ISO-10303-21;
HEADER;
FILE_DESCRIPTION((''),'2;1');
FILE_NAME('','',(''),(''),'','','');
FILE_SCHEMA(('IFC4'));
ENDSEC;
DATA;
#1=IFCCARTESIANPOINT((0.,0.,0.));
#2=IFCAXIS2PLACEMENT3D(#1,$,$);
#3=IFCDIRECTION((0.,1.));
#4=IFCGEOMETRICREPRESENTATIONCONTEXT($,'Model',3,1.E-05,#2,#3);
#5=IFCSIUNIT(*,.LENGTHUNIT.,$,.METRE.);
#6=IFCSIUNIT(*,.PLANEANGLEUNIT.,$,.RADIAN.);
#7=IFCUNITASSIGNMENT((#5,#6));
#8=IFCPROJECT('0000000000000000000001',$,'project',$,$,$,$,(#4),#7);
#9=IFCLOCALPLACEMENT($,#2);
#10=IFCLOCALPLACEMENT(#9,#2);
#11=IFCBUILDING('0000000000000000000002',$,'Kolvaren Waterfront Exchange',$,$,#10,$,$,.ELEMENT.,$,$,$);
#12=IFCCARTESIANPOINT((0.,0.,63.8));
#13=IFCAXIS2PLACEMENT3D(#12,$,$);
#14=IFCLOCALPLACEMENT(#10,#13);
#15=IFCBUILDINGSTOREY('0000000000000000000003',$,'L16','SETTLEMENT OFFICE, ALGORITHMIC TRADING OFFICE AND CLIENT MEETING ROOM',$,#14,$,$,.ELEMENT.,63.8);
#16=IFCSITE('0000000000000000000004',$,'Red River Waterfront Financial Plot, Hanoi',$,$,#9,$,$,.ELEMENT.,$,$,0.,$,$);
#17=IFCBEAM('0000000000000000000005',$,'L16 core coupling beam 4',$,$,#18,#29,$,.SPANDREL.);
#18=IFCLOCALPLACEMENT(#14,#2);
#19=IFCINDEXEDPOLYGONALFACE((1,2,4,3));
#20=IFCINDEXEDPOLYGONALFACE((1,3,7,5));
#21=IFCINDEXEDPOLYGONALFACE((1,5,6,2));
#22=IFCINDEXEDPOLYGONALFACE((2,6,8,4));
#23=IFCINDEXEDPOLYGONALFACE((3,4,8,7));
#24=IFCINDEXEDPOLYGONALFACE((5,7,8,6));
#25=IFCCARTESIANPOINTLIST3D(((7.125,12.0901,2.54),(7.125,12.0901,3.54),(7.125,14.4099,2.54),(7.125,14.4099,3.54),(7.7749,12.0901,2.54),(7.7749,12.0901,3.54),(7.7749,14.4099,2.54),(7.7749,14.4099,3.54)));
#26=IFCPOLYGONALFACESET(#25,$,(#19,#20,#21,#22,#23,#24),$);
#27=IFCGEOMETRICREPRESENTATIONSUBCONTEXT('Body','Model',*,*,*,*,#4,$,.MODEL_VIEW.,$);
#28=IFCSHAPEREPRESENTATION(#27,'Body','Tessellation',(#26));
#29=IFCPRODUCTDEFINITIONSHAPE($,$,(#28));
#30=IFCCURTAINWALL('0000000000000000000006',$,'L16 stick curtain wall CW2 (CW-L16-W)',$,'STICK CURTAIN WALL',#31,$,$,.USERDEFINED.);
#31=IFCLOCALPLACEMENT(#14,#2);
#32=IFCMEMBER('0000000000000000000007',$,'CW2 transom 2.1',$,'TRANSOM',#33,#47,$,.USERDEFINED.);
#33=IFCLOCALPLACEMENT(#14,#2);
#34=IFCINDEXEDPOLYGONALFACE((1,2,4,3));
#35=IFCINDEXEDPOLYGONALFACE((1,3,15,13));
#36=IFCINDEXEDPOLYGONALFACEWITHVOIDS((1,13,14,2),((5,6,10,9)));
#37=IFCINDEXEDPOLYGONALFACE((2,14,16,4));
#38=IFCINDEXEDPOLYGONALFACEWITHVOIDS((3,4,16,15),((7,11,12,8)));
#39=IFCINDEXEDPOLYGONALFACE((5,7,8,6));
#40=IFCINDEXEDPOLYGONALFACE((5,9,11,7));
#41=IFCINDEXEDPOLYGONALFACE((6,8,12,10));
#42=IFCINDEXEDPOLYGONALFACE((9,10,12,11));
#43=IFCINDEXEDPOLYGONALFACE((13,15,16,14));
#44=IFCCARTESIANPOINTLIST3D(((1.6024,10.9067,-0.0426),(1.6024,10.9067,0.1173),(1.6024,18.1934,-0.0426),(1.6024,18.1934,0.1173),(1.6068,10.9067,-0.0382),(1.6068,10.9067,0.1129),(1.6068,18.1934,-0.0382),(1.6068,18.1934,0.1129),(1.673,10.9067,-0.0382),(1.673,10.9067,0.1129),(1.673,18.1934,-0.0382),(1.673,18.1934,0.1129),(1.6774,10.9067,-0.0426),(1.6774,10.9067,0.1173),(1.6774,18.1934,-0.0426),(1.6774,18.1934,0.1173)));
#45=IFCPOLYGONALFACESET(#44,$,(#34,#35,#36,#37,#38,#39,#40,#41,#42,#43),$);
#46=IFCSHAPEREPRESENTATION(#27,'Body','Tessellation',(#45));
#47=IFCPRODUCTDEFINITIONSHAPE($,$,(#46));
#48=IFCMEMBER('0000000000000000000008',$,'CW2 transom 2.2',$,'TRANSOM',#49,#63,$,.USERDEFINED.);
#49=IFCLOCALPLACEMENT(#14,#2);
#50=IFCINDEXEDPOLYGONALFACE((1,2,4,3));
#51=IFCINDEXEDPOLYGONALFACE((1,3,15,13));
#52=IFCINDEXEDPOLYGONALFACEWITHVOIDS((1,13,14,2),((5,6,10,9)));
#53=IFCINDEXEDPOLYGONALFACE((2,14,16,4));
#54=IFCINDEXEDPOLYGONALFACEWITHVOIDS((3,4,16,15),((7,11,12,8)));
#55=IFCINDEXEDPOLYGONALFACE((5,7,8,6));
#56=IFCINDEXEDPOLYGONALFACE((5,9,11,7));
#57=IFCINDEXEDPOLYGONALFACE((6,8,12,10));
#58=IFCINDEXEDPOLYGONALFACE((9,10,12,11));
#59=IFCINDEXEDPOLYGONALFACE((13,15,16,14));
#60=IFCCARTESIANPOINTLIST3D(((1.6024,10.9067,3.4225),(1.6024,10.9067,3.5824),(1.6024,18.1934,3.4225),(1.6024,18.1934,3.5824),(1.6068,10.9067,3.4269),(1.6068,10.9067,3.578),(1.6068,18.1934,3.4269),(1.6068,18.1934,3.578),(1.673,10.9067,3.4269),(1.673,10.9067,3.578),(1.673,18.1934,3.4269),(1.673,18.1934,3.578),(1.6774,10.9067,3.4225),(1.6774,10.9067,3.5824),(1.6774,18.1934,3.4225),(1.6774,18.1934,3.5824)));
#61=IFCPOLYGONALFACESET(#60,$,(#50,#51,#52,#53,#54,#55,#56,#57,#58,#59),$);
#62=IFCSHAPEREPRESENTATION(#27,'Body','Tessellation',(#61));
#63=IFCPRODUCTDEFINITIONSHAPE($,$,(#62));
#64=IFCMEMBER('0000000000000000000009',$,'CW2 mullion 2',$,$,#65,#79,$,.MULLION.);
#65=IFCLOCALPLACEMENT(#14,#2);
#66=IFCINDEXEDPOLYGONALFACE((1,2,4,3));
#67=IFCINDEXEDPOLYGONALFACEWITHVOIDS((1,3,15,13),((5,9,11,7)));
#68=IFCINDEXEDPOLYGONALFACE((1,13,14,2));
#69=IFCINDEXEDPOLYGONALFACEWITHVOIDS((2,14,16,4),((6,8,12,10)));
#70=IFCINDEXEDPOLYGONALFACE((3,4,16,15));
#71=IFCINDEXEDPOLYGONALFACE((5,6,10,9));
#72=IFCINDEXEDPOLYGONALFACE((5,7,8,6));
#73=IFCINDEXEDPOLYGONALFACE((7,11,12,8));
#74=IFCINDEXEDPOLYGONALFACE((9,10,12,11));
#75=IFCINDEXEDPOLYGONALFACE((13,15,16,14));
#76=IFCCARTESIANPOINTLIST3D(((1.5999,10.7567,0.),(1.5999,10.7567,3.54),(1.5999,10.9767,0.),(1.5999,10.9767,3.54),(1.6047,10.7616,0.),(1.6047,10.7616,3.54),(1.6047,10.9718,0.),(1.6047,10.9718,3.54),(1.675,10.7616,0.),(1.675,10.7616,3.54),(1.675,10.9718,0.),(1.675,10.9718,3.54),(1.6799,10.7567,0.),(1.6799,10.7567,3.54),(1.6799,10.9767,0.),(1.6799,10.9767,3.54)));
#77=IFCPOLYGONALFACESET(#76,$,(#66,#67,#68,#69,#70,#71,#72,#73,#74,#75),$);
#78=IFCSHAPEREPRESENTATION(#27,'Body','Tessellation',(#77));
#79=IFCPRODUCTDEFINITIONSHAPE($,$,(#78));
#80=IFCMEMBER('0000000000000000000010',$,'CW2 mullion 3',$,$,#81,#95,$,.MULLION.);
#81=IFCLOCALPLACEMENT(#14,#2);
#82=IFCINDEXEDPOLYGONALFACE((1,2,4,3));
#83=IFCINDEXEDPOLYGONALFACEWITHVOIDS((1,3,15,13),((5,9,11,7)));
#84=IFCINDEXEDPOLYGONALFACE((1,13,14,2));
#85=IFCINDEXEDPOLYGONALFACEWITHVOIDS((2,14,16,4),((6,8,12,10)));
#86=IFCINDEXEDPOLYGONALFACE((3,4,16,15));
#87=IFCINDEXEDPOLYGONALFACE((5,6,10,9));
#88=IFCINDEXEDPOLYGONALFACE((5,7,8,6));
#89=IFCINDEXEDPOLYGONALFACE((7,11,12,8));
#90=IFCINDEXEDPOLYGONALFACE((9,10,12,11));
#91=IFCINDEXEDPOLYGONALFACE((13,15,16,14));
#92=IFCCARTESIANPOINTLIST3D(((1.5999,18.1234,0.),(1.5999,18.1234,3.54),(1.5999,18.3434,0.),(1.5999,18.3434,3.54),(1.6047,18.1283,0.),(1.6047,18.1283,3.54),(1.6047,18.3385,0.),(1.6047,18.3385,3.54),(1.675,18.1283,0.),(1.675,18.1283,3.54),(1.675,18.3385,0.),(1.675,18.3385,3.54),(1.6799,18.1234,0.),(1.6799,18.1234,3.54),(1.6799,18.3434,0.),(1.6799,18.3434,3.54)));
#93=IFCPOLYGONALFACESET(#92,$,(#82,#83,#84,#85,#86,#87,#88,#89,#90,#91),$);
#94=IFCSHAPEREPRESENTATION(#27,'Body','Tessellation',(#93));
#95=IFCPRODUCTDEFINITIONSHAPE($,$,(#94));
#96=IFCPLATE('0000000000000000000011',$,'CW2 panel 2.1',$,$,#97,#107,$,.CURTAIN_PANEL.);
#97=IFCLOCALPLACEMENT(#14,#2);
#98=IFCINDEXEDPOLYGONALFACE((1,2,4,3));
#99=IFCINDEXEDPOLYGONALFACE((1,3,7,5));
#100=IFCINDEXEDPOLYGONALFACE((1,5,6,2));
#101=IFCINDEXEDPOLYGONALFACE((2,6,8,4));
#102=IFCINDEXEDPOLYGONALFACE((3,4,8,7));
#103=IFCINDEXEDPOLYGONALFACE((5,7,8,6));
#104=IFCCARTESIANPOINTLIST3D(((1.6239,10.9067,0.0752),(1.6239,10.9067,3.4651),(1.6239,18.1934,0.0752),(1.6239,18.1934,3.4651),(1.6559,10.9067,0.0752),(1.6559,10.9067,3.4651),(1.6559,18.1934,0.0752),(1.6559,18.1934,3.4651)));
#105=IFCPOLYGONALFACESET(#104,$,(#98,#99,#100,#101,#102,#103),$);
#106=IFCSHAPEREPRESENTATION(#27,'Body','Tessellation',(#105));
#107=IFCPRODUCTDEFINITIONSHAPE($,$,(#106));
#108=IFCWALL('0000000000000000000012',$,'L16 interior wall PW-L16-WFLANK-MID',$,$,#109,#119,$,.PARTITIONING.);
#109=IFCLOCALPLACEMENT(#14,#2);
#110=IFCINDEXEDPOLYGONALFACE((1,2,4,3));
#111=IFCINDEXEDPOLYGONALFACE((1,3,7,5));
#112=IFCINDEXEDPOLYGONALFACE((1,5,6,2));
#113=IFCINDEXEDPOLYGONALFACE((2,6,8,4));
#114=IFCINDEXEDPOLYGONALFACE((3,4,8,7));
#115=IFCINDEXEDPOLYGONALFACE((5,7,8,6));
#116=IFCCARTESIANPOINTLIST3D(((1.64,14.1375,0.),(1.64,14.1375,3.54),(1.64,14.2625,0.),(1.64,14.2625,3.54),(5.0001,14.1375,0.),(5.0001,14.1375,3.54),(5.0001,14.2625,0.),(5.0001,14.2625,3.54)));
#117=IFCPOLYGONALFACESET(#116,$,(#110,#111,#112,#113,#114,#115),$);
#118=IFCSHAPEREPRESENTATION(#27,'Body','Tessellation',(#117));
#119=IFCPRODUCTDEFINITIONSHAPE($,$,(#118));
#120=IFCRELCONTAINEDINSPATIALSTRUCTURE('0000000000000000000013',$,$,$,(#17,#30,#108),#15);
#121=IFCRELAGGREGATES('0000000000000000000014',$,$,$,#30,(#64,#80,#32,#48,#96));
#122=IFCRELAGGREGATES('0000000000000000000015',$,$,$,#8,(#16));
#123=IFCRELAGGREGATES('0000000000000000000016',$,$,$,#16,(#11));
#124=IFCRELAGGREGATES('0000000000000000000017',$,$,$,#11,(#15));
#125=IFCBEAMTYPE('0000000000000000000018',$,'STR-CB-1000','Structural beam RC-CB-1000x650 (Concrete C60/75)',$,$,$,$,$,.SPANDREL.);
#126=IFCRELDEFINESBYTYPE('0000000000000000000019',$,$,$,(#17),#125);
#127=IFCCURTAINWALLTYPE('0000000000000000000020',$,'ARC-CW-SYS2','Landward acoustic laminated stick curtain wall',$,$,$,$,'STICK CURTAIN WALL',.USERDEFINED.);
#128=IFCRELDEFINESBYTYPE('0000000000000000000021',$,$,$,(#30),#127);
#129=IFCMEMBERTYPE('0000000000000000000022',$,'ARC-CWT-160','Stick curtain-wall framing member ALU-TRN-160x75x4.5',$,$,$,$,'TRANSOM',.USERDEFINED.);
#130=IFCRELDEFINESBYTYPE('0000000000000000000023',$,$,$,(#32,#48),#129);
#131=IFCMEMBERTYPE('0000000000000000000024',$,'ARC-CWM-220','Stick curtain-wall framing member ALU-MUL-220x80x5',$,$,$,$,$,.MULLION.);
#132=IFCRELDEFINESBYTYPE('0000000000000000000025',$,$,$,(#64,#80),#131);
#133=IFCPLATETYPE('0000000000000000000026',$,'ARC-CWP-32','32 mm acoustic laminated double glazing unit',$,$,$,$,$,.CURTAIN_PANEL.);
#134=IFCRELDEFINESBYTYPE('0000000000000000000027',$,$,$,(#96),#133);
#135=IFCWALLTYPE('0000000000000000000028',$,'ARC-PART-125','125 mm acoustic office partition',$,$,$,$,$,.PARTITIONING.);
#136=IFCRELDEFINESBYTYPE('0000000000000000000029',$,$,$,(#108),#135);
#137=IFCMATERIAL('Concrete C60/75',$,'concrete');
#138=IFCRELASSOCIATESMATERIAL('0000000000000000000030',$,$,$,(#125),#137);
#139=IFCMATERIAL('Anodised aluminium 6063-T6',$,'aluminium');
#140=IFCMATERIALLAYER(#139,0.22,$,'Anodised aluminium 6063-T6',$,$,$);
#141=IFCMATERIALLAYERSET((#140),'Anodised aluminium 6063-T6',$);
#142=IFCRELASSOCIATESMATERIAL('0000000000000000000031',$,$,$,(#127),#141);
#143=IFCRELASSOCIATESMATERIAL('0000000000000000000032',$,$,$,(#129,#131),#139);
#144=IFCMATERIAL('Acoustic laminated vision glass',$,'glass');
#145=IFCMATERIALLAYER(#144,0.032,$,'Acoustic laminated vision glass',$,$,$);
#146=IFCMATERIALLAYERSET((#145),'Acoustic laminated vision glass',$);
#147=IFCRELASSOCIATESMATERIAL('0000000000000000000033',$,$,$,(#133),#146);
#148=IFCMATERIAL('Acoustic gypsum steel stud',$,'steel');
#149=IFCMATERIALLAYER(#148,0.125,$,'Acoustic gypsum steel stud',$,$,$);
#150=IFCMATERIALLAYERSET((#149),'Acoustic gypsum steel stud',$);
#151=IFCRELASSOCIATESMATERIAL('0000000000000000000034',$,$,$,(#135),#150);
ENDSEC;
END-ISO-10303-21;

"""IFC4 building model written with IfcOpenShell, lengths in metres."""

from ifc_helpers import new_model, si_unit, direction, frame, frame_2d, origin, origin_with_axes, origin_2d, place, context, subcontext, project, spatial, rectangle, hollow_rectangle, extrude, source, transform, mapped, material, layer, layer_set, material_profile, profile_set, type_object, element, aggregate, save


model = new_model("IFC4")

# Units and contexts
model_context = context("Model", 3, precision=1e-05, world=origin(), true_north=direction((0.0, 1.0)))
body_context = subcontext(model_context, "Body", "Model", "MODEL_VIEW")
ifc_project = project(units=[si_unit("LENGTHUNIT", "METRE"), si_unit("PLANEANGLEUNIT", "RADIAN")], contexts=[model_context])

# Site, building, storey
site_placement = place(None, origin())
site = spatial("IfcSite", under=ifc_project, at=site_placement, Name="Red River Waterfront Financial Plot, Hanoi", CompositionType="ELEMENT", RefElevation=0.0)
building_placement = place(site_placement, origin())
building = spatial("IfcBuilding", under=site, at=building_placement, Name="Kolvaren Waterfront Exchange", CompositionType="ELEMENT")
storey_placement = place(building_placement, frame((0.0, 0.0, 63.8)))
storey = spatial("IfcBuildingStorey", under=building, at=storey_placement, Name="L16", Description="SETTLEMENT OFFICE, ALGORITHMIC TRADING OFFICE AND CLIENT MEETING ROOM", CompositionType="ELEMENT", Elevation=63.8)

# Beam
ifc_material_1 = material(Name="Concrete C60/75", Category="concrete")
ifc_material_profile_1 = material_profile(ifc_material_1, rectangle(XDim=0.6499, YDim=1.0, at=origin_2d()), Name="RC-CB-1000x650")
ifc_profile_set_1 = profile_set([ifc_material_profile_1], Name="Concrete C60/75")
beam_type = type_object("IfcBeamType", Name="STR-CB-1000", Description="Structural beam RC-CB-1000x650 (Concrete C60/75)", PredefinedType="SPANDREL", material=ifc_profile_set_1)
beam_placement = place(storey_placement, frame((7.45, 12.0901, 3.04), z_axis=(0.0, 1.0, 0.0), x_axis=(-1.0, 0.0, 0.0)))
element("IfcBeam", 1, at=beam_placement, inside=storey, type_object=beam_type, Name="L16 core coupling beam 4", PredefinedType="SPANDREL", context=body_context, shape_type="SweptSolid", body=[
    extrude(rectangle(XDim=0.6499, YDim=1.0, at=origin_2d()), origin(), (0.0, 0.0, 1.0), 2.3198),
])

# Curtain wall, members, plate
ifc_material_2 = material(Name="Anodised aluminium 6063-T6", Category="aluminium")
ifc_layer_1 = layer(ifc_material_2, 0.22, Name="Anodised aluminium 6063-T6")
ifc_layer_set_1 = layer_set([ifc_layer_1], Name="Anodised aluminium 6063-T6")
curtain_wall_type = type_object("IfcCurtainWallType", Name="ARC-CW-SYS2", Description="Landward acoustic laminated stick curtain wall", ElementType="STICK CURTAIN WALL", PredefinedType="USERDEFINED", material=ifc_layer_set_1)
curtain_wall_placement = place(storey_placement, origin())
curtain_wall = element("IfcCurtainWall", 2, at=curtain_wall_placement, inside=storey, type_object=curtain_wall_type, Name="L16 stick curtain wall CW2 (CW-L16-W)", ObjectType="STICK CURTAIN WALL", PredefinedType="USERDEFINED")
ifc_material_profile_2 = material_profile(ifc_material_2, hollow_rectangle(XDim=0.075, YDim=0.1599, WallThickness=0.0044, at=origin_2d()), Name="ALU-TRN-160x75x4.5")
ifc_profile_set_2 = profile_set([ifc_material_profile_2], Name="Anodised aluminium 6063-T6")
member_type_1 = type_object("IfcMemberType", Name="ARC-CWT-160", Description="Stick curtain-wall framing member ALU-TRN-160x75x4.5", ElementType="TRANSOM", PredefinedType="USERDEFINED", material=ifc_profile_set_2)
shared_shape_1 = source(origin_with_axes(), body_context, "Body", "SweptSolid", [
    extrude(hollow_rectangle(XDim=0.075, YDim=0.1599, WallThickness=0.0044, at=origin_2d()), origin(), (0.0, 0.0, 1.0), 7.2866),
])
member_1_placement = place(storey_placement, frame((1.6399, 10.9067, 0.0374), z_axis=(0.0, 1.0, 0.0), x_axis=(-1.0, 0.0, 0.0)))
member_1 = element("IfcMember", 3, at=member_1_placement, type_object=member_type_1, Name="CW2 transom 2.1", ObjectType="TRANSOM", PredefinedType="USERDEFINED", context=body_context, shape_type="MappedRepresentation", body=[
    mapped(shared_shape_1, transform((0.0, 0.0, 0.0), x_axis=(1.0, 0.0, 0.0), y_axis=(0.0, 1.0, 0.0), z_axis=(0.0, 0.0, 1.0), scale=1.0)),
])
member_2_placement = place(storey_placement, frame((1.6399, 10.9067, 3.5024), z_axis=(0.0, 1.0, 0.0), x_axis=(-1.0, 0.0, 0.0)))
member_2 = element("IfcMember", 4, at=member_2_placement, type_object=member_type_1, Name="CW2 transom 2.2", ObjectType="TRANSOM", PredefinedType="USERDEFINED", context=body_context, shape_type="MappedRepresentation", body=[
    mapped(shared_shape_1, transform((0.0, 0.0, 0.0), x_axis=(1.0, 0.0, 0.0), y_axis=(0.0, 1.0, 0.0), z_axis=(0.0, 0.0, 1.0), scale=1.0)),
])
ifc_material_profile_3 = material_profile(ifc_material_2, hollow_rectangle(XDim=0.0801, YDim=0.22, WallThickness=0.0049, at=origin_2d()), Name="ALU-MUL-220x80x5")
ifc_profile_set_3 = profile_set([ifc_material_profile_3], Name="Anodised aluminium 6063-T6")
member_type_2 = type_object("IfcMemberType", Name="ARC-CWM-220", Description="Stick curtain-wall framing member ALU-MUL-220x80x5", PredefinedType="MULLION", material=ifc_profile_set_3)
shared_shape_2 = source(origin_with_axes(), body_context, "Body", "SweptSolid", [
    extrude(hollow_rectangle(XDim=0.0801, YDim=0.22, WallThickness=0.0049, at=origin_2d()), origin(), (0.0, 0.0, 1.0), 3.54),
])
member_3_placement = place(storey_placement, frame((1.6399, 10.8667, 0.0), z_axis=(0.0, 0.0, 1.0), x_axis=(-1.0, 0.0, 0.0)))
member_3 = element("IfcMember", 5, at=member_3_placement, type_object=member_type_2, Name="CW2 mullion 2", PredefinedType="MULLION", context=body_context, shape_type="MappedRepresentation", body=[
    mapped(shared_shape_2, transform((0.0, 0.0, 0.0), x_axis=(1.0, 0.0, 0.0), y_axis=(0.0, 1.0, 0.0), z_axis=(0.0, 0.0, 1.0), scale=1.0)),
])
member_4_placement = place(storey_placement, frame((1.6399, 18.2334, 0.0), z_axis=(0.0, 0.0, 1.0), x_axis=(-1.0, 0.0, 0.0)))
member_4 = element("IfcMember", 6, at=member_4_placement, type_object=member_type_2, Name="CW2 mullion 3", PredefinedType="MULLION", context=body_context, shape_type="MappedRepresentation", body=[
    mapped(shared_shape_2, transform((0.0, 0.0, 0.0), x_axis=(1.0, 0.0, 0.0), y_axis=(0.0, 1.0, 0.0), z_axis=(0.0, 0.0, 1.0), scale=1.0)),
])
ifc_material_3 = material(Name="Acoustic laminated vision glass", Category="glass")
ifc_layer_2 = layer(ifc_material_3, 0.032, Name="Acoustic laminated vision glass")
ifc_layer_set_2 = layer_set([ifc_layer_2], Name="Acoustic laminated vision glass")
plate_type = type_object("IfcPlateType", Name="ARC-CWP-32", Description="32 mm acoustic laminated double glazing unit", PredefinedType="CURTAIN_PANEL", material=ifc_layer_set_2)
shared_shape_3 = source(origin_with_axes(), body_context, "Body", "SweptSolid", [
    extrude(rectangle(XDim=7.2866, YDim=0.032, at=origin_2d()), origin(), (0.0, 0.0, 1.0), 3.3899),
])
plate_placement = place(storey_placement, frame((1.6399, 14.55, 0.0752), z_axis=(0.0, 0.0, 1.0), x_axis=(0.0, 1.0, 0.0)))
plate = element("IfcPlate", 7, at=plate_placement, type_object=plate_type, Name="CW2 panel 2.1", PredefinedType="CURTAIN_PANEL", context=body_context, shape_type="MappedRepresentation", body=[
    mapped(shared_shape_3, transform((0.0, 0.0, 0.0), x_axis=(1.0, 0.0, 0.0), y_axis=(0.0, 1.0, 0.0), z_axis=(0.0, 0.0, 1.0), scale=1.0)),
])
aggregate(curtain_wall, [member_3, member_4, member_1, member_2, plate])

# Wall
ifc_material_4 = material(Name="Acoustic gypsum steel stud", Category="steel")
ifc_layer_3 = layer(ifc_material_4, 0.125, Name="Acoustic gypsum steel stud")
ifc_layer_set_3 = layer_set([ifc_layer_3], Name="Acoustic gypsum steel stud")
wall_type_1 = type_object("IfcWallType", Name="ARC-PART-125", Description="125 mm acoustic office partition", PredefinedType="PARTITIONING", material=ifc_layer_set_3)
wall_1_placement = place(storey_placement, frame((1.6399, 14.2, 0.0), z_axis=(0.0, 0.0, 1.0), x_axis=(1.0, 0.0, 0.0)))
element("IfcWall", 8, at=wall_1_placement, inside=storey, type_object=wall_type_1, Name="L16 interior wall PW-L16-WFLANK-MID", PredefinedType="PARTITIONING", context=body_context, shape_type="SweptSolid", body=[
    extrude(rectangle(XDim=3.3601, YDim=0.125, at=frame_2d((1.6802, 0.0))), origin(), (0.0, 0.0, 1.0), 3.54),
])

save(model, "model.ifc")
